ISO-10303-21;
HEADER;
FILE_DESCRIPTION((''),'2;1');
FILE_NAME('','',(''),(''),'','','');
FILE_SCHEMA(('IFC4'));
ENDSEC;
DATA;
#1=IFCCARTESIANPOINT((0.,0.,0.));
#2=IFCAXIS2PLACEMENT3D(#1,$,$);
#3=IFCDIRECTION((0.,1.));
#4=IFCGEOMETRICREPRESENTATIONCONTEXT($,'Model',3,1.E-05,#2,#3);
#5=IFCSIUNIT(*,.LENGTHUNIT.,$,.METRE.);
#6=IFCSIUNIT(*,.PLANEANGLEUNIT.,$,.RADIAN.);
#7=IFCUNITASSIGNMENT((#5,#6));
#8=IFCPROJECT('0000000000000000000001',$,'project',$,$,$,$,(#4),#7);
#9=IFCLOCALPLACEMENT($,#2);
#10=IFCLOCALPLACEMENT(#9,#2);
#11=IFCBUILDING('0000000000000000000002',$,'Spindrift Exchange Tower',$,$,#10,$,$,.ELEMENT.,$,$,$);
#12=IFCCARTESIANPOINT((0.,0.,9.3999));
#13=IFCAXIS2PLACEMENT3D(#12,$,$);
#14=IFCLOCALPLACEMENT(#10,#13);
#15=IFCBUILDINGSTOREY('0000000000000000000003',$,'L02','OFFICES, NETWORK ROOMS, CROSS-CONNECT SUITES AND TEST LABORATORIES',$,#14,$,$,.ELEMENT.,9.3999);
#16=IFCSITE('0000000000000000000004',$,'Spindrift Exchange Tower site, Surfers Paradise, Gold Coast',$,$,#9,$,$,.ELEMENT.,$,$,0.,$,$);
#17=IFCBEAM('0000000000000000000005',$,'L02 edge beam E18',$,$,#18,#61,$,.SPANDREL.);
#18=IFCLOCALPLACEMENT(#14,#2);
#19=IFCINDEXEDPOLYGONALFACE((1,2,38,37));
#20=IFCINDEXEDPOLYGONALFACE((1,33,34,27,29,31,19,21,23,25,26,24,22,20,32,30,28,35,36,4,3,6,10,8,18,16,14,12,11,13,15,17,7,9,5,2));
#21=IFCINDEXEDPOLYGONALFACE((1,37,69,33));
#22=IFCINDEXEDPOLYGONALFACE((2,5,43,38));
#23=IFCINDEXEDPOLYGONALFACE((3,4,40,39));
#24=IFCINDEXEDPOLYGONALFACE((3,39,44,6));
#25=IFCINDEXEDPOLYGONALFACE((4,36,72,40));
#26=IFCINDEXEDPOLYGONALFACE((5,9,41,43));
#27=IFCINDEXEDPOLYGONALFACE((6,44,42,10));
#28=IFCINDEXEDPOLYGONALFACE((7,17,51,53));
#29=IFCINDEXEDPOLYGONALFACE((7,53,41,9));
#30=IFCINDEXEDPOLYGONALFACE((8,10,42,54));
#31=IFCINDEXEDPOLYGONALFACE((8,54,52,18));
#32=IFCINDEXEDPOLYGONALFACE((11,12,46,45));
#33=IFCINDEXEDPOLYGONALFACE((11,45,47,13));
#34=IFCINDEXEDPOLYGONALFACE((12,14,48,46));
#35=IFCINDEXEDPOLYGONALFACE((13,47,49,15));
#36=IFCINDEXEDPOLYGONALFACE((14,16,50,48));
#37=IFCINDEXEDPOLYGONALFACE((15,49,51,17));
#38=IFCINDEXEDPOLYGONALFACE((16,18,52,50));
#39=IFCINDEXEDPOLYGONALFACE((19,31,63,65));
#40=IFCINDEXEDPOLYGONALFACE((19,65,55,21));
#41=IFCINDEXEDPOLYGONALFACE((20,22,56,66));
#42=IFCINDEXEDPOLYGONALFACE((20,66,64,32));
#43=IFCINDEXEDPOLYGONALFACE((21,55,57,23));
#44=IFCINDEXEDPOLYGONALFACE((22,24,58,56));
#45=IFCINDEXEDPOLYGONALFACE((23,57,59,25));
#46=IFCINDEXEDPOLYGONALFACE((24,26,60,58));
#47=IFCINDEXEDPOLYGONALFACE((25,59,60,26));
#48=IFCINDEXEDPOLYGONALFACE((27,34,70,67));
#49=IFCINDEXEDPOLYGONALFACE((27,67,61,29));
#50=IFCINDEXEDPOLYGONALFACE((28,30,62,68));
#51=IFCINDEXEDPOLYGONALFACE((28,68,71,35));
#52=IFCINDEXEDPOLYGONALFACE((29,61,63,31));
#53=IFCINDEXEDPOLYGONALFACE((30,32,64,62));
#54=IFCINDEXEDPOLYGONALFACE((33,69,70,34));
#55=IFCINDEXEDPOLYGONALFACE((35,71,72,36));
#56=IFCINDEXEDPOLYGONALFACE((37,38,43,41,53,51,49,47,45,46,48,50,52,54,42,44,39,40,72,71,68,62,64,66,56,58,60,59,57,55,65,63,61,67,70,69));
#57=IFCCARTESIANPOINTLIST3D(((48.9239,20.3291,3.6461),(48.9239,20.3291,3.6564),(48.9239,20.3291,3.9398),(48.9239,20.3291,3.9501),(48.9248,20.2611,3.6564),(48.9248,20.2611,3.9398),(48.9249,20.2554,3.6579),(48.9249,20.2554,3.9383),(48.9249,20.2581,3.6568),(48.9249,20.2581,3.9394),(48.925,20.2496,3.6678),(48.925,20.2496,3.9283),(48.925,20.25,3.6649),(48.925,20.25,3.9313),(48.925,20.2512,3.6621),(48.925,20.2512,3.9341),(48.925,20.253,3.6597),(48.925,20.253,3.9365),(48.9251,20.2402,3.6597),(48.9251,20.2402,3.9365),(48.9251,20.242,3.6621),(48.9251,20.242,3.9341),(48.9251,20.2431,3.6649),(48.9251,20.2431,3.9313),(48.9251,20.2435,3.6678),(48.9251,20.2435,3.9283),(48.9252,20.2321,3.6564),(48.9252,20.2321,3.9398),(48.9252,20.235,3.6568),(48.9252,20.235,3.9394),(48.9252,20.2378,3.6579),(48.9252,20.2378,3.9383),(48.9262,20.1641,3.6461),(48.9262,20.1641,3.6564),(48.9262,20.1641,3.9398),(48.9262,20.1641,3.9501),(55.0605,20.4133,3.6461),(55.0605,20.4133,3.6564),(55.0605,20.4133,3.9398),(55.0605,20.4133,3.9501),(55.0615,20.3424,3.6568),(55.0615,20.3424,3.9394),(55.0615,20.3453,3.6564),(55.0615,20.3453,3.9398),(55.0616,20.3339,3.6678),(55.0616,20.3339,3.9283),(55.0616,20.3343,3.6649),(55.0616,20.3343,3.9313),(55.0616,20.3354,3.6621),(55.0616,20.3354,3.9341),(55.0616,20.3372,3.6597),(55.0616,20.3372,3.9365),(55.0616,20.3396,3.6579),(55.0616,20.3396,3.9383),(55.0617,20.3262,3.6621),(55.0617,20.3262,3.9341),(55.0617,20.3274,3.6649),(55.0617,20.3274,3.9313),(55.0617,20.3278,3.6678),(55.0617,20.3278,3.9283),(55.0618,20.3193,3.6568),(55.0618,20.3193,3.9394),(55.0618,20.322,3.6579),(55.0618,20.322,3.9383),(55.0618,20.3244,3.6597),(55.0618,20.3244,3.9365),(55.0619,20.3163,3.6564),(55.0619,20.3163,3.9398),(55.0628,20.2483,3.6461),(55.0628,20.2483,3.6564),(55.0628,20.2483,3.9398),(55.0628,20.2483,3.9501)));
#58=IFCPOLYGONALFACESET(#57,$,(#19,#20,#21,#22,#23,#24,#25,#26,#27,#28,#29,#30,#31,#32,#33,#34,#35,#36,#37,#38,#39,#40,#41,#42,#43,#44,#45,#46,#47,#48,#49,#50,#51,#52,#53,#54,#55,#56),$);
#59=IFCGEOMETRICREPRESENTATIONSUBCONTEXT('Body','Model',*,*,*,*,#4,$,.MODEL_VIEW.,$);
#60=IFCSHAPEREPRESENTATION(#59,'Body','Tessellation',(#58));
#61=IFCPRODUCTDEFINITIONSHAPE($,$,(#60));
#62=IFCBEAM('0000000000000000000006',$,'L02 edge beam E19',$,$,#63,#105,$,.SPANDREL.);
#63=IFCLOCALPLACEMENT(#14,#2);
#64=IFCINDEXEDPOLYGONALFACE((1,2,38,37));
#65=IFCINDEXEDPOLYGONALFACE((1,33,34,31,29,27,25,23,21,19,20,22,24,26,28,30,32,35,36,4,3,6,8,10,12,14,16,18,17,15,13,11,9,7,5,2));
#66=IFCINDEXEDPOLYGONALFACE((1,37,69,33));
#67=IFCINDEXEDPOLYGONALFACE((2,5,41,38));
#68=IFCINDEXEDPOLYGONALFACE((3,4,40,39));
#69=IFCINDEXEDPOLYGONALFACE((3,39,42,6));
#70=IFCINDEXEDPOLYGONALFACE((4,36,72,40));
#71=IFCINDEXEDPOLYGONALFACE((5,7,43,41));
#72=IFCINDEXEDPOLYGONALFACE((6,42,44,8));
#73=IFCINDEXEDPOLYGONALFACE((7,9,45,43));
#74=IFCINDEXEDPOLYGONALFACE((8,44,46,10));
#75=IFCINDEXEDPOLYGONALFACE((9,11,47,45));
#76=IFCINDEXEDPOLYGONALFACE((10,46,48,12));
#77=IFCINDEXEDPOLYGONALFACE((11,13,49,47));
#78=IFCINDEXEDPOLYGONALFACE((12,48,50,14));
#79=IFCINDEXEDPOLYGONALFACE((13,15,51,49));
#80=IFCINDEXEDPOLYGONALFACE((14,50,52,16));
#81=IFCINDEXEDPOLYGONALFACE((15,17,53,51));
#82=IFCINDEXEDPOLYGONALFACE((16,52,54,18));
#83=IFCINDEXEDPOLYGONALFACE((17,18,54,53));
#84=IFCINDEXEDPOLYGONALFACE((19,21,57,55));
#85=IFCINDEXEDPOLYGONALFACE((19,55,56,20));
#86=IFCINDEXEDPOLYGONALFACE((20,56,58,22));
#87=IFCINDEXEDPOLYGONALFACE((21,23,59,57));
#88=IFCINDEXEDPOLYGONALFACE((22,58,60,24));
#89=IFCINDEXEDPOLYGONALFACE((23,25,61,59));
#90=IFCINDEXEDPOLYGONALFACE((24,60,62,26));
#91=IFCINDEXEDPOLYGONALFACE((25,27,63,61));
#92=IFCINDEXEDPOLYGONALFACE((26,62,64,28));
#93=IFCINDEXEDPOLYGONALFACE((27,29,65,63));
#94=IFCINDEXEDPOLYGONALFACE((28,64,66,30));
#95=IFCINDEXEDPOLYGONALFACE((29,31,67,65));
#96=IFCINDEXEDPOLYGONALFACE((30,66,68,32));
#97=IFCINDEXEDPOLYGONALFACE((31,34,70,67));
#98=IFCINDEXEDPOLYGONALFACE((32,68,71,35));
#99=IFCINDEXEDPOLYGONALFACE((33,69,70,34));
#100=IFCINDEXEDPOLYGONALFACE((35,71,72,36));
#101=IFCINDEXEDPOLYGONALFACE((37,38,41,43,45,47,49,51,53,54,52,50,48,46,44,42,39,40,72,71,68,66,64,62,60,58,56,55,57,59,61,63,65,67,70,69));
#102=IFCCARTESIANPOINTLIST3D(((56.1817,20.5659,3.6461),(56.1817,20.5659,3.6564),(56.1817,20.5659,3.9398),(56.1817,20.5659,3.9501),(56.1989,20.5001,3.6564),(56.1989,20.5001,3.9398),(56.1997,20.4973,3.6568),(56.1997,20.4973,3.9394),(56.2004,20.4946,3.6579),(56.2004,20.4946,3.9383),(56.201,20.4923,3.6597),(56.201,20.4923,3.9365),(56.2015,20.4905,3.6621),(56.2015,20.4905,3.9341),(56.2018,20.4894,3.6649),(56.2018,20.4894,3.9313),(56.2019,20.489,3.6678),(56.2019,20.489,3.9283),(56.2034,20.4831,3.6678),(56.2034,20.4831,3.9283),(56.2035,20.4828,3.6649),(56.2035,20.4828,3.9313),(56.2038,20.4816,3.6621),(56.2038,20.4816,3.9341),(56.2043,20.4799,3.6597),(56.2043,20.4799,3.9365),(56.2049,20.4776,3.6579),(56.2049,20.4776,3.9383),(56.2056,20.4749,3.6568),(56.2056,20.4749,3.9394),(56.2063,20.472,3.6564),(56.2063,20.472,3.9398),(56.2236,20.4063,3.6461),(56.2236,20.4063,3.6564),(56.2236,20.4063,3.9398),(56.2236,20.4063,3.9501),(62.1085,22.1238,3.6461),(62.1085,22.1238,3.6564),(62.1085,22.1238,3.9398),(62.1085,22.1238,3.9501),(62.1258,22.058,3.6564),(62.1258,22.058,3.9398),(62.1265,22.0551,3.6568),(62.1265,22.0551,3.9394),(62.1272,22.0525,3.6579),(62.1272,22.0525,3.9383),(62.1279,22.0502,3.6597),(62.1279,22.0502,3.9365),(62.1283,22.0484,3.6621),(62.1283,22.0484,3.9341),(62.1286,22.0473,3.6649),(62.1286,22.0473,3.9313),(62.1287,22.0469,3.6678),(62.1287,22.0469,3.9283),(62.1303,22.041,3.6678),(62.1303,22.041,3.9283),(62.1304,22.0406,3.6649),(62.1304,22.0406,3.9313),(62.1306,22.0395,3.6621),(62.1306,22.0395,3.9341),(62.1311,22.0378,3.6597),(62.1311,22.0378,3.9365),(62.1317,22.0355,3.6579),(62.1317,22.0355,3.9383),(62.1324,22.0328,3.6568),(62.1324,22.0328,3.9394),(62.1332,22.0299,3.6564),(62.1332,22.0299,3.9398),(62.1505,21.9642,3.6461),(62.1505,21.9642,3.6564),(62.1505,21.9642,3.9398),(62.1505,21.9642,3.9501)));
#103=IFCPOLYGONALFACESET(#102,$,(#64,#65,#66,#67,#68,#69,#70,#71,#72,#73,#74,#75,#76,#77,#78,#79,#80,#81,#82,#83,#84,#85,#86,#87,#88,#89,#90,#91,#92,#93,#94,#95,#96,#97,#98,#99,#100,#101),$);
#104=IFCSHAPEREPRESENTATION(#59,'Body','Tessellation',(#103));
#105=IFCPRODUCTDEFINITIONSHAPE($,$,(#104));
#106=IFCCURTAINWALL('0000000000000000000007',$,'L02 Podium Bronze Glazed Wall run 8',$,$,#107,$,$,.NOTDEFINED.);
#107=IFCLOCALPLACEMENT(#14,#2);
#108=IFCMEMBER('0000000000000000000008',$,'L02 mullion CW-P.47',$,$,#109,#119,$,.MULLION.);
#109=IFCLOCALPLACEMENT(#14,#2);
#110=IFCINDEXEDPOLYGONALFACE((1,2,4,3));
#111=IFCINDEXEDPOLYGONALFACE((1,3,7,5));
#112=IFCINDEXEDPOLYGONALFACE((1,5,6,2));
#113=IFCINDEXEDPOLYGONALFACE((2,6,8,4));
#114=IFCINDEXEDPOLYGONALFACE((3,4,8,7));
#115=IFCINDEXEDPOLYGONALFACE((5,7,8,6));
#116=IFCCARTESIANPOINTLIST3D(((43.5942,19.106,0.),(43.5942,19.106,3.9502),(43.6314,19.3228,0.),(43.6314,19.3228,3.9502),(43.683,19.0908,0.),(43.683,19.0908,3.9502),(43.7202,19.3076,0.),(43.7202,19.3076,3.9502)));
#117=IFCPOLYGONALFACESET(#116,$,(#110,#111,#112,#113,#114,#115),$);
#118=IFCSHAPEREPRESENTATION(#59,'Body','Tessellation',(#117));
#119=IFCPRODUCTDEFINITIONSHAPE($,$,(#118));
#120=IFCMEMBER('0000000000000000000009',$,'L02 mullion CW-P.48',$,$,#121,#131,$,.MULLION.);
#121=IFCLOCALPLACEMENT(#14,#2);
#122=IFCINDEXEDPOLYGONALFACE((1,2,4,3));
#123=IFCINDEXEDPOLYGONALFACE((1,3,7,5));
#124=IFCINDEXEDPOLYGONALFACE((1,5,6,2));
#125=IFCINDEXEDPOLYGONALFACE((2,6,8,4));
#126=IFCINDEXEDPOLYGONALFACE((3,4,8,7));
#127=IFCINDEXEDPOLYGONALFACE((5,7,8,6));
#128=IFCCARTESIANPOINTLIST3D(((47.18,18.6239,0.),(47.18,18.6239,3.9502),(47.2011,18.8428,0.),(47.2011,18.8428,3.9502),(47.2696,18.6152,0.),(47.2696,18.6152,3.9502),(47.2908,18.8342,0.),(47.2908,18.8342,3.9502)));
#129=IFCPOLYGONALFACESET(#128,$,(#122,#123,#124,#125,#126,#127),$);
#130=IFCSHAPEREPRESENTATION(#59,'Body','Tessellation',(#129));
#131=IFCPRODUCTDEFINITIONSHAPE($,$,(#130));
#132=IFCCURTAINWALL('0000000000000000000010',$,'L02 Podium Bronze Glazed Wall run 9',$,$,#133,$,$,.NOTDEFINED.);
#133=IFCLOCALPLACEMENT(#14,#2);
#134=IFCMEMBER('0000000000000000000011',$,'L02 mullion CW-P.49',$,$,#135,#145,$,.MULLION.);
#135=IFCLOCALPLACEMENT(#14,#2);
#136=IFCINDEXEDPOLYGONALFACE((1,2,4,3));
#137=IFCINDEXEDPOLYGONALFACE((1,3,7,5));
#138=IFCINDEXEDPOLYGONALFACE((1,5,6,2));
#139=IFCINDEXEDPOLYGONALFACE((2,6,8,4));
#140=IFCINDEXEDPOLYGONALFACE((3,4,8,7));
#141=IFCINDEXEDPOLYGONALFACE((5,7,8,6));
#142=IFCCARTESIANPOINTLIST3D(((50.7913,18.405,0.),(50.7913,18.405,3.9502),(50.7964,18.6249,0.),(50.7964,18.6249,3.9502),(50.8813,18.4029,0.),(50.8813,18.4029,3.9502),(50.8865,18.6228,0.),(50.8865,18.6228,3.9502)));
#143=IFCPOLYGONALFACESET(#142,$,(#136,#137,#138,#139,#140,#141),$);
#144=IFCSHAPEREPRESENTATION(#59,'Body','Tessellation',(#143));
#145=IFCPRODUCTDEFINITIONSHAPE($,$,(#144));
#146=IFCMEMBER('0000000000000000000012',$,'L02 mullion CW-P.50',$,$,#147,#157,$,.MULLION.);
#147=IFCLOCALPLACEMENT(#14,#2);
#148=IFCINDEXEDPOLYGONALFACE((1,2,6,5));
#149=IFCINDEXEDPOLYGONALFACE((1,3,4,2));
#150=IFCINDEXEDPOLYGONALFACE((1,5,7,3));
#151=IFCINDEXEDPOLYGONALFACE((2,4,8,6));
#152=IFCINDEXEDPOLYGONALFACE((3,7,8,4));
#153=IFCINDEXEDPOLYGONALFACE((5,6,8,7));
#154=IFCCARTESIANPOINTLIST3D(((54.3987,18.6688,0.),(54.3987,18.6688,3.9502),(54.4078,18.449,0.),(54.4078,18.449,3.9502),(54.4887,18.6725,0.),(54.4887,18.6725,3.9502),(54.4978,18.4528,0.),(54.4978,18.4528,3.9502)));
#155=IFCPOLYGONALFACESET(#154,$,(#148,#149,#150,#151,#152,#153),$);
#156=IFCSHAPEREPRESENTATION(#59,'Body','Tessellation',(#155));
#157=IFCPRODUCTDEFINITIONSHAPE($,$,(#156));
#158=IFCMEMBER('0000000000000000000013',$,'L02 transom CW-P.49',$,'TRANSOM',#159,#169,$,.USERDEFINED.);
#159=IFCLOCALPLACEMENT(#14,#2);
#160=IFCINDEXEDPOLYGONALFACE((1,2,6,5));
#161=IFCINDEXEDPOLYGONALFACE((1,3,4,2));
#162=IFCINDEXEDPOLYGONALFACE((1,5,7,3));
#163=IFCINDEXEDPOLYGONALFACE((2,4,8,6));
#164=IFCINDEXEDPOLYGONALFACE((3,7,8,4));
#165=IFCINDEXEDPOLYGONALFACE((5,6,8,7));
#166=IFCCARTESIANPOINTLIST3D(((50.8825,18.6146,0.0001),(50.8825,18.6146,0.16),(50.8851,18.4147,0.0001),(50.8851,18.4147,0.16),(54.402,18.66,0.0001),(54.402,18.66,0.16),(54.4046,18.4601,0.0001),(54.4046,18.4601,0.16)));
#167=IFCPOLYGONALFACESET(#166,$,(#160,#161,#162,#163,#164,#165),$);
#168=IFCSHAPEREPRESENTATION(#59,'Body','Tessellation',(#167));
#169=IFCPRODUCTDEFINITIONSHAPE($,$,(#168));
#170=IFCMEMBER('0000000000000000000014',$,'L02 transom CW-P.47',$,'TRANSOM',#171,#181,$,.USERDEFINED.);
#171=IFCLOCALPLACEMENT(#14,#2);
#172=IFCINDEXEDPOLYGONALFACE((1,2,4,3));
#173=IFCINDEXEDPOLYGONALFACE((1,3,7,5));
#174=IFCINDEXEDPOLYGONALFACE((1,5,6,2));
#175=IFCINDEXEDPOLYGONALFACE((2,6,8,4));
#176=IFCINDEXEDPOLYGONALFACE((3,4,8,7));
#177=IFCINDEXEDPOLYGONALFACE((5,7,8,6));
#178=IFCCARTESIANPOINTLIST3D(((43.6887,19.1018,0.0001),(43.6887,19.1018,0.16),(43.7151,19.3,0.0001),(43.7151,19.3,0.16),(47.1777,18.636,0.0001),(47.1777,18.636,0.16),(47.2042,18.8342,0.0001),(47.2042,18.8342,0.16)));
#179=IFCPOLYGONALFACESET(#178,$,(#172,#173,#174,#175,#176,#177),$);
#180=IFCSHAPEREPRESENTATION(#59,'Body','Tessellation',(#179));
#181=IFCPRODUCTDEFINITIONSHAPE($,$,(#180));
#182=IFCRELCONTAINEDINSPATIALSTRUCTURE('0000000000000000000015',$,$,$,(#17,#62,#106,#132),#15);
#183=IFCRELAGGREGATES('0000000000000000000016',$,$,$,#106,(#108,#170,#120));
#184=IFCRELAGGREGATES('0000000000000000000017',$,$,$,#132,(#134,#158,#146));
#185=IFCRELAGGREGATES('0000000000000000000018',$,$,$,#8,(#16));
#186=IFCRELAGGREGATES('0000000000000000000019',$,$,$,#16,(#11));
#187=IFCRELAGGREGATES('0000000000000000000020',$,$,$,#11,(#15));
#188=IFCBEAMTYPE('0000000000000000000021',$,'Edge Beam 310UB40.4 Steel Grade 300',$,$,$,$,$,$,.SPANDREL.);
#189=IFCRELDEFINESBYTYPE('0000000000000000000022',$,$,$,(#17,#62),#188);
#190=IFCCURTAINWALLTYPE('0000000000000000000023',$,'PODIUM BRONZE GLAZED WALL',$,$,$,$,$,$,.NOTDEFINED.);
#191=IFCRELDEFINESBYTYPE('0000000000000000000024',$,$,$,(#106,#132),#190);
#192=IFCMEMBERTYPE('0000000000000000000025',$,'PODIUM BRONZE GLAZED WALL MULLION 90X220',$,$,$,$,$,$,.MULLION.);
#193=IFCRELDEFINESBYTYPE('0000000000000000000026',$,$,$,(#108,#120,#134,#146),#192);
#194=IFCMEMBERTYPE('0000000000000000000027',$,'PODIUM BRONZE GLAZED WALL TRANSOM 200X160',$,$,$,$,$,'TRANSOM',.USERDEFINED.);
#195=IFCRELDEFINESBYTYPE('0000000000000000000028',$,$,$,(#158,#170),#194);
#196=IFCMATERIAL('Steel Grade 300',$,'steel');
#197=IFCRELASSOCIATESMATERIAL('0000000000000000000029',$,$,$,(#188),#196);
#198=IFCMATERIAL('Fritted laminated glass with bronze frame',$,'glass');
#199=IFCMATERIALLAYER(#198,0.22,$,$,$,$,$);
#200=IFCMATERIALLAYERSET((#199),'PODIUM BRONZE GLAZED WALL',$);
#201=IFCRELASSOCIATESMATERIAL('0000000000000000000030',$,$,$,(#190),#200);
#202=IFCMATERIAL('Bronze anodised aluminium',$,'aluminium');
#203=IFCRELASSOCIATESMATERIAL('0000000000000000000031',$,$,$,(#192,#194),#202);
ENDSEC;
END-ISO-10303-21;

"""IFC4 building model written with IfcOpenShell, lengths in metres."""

from ifc_helpers import new_model, si_unit, direction, frame, origin, origin_2d, place, context, subcontext, project, spatial, rectangle, i_section, extrude, source, transform, mapped, material, layer, layer_set, material_profile, profile_set, type_object, element, aggregate, save


model = new_model("IFC4")

# Units and contexts
model_context = context("Model", 3, precision=1e-05, world=origin(), true_north=direction((0.0, 1.0)))
body_context = subcontext(model_context, "Body", "Model", "MODEL_VIEW")
ifc_project = project(units=[si_unit("LENGTHUNIT", "METRE"), si_unit("PLANEANGLEUNIT", "RADIAN")], contexts=[model_context])

# Site, building, storey
site_placement = place(None, origin())
site = spatial("IfcSite", under=ifc_project, at=site_placement, Name="Spindrift Exchange Tower site, Surfers Paradise, Gold Coast", CompositionType="ELEMENT", RefElevation=0.0)
building_placement = place(site_placement, origin())
building = spatial("IfcBuilding", under=site, at=building_placement, Name="Spindrift Exchange Tower", CompositionType="ELEMENT")
storey_placement = place(building_placement, frame((0.0, 0.0, 9.3999)))
storey = spatial("IfcBuildingStorey", under=building, at=storey_placement, Name="L02", Description="OFFICES, NETWORK ROOMS, CROSS-CONNECT SUITES AND TEST LABORATORIES", CompositionType="ELEMENT", Elevation=9.3999)

# Beams
ifc_material_1 = material(Name="Steel Grade 300", Category="steel")
ifc_material_profile_1 = material_profile(ifc_material_1, i_section(OverallWidth=0.165, OverallDepth=0.304, WebThickness=0.0061, FlangeThickness=0.0103, FilletRadius=0.0115, at=origin_2d()), Name="310UB40.4")
ifc_profile_set_1 = profile_set([ifc_material_profile_1], Name="Steel Grade 300")
beam_type_1 = type_object("IfcBeamType", Name="Edge Beam 310UB40.4 Steel Grade 300", PredefinedType="SPANDREL", material=ifc_profile_set_1)
shared_shape_1 = source(origin(), body_context, "Body", "SweptSolid", [
    extrude(i_section(OverallWidth=0.165, OverallDepth=0.304, WebThickness=0.0061, FlangeThickness=0.0103, FilletRadius=0.0115, at=origin_2d()), origin(), (0.0, 0.0, 1.0), 6.1372),
])
beam_1_placement = place(storey_placement, frame((48.925, 20.2466, 3.7981), z_axis=(0.999906, 0.013724, 0.0), x_axis=(-0.013724, 0.999906, 0.0)))
element("IfcBeam", 1, at=beam_1_placement, inside=storey, type_object=beam_type_1, Name="L02 edge beam E18", PredefinedType="SPANDREL", context=body_context, shape_type="MappedRepresentation", body=[
    mapped(shared_shape_1, transform((0.0, 0.0, 0.0), scale=1.0)),
])
shared_shape_2 = source(origin(), body_context, "Body", "SweptSolid", [
    extrude(i_section(OverallWidth=0.165, OverallDepth=0.304, WebThickness=0.0061, FlangeThickness=0.0103, FilletRadius=0.0115, at=origin_2d()), origin(), (0.0, 0.0, 1.0), 6.1282),
])
beam_2_placement = place(storey_placement, frame((56.2026, 20.4861, 3.7981), z_axis=(0.967147, 0.254217, 0.0), x_axis=(-0.254217, 0.967147, 0.0)))
element("IfcBeam", 2, at=beam_2_placement, inside=storey, type_object=beam_type_1, Name="L02 edge beam E19", PredefinedType="SPANDREL", context=body_context, shape_type="MappedRepresentation", body=[
    mapped(shared_shape_2, transform((0.0, 0.0, 0.0), scale=1.0)),
])

# Curtain walls, members
ifc_material_2 = material(Name="Fritted laminated glass with bronze frame", Category="glass")
ifc_layer_1 = layer(ifc_material_2, 0.22)
ifc_layer_set_1 = layer_set([ifc_layer_1], Name="PODIUM BRONZE GLAZED WALL")
curtain_wall_type = type_object("IfcCurtainWallType", Name="PODIUM BRONZE GLAZED WALL", PredefinedType="NOTDEFINED", material=ifc_layer_set_1)
curtain_wall_1_placement = place(storey_placement, origin())
curtain_wall_1 = element("IfcCurtainWall", 3, at=curtain_wall_1_placement, inside=storey, type_object=curtain_wall_type, Name="L02 Podium Bronze Glazed Wall run 8", PredefinedType="NOTDEFINED")
ifc_material_3 = material(Name="Bronze anodised aluminium", Category="aluminium")
ifc_material_profile_2 = material_profile(ifc_material_3, rectangle(XDim=0.0901, YDim=0.22, at=origin_2d()), Name="PODIUM BRONZE GLAZED WALL MULLION 90X220")
ifc_profile_set_2 = profile_set([ifc_material_profile_2], Name="Bronze anodised aluminium")
member_type_1 = type_object("IfcMemberType", Name="PODIUM BRONZE GLAZED WALL MULLION 90X220", PredefinedType="MULLION", material=ifc_profile_set_2)
shared_shape_3 = source(origin(), body_context, "Body", "SweptSolid", [
    extrude(rectangle(XDim=0.0901, YDim=0.22, at=origin_2d()), origin(), (0.0, 0.0, 1.0), 3.9502),
])
member_1_placement = place(storey_placement, frame((43.6572, 19.2068, 0.0), z_axis=(0.0, 0.0, 1.0), x_axis=(0.985577, -0.169228, 0.0)))
member_1 = element("IfcMember", 4, at=member_1_placement, type_object=member_type_1, Name="L02 mullion CW-P.47", PredefinedType="MULLION", context=body_context, shape_type="MappedRepresentation", body=[
    mapped(shared_shape_3, transform((0.0, 0.0, 0.0), scale=1.0)),
])
member_2_placement = place(storey_placement, frame((47.2354, 18.729, 0.0), z_axis=(0.0, 0.0, 1.0), x_axis=(0.995378, -0.096038, 0.0)))
member_2 = element("IfcMember", 5, at=member_2_placement, type_object=member_type_1, Name="L02 mullion CW-P.48", PredefinedType="MULLION", context=body_context, shape_type="MappedRepresentation", body=[
    mapped(shared_shape_3, transform((0.0, 0.0, 0.0), scale=1.0)),
])
curtain_wall_2_placement = place(storey_placement, origin())
curtain_wall_2 = element("IfcCurtainWall", 6, at=curtain_wall_2_placement, inside=storey, type_object=curtain_wall_type, Name="L02 Podium Bronze Glazed Wall run 9", PredefinedType="NOTDEFINED")
member_3_placement = place(storey_placement, frame((50.8389, 18.5139, 0.0), z_axis=(0.0, 0.0, 1.0), x_axis=(0.999728, -0.023341, 0.0)))
member_3 = element("IfcMember", 7, at=member_3_placement, type_object=member_type_1, Name="L02 mullion CW-P.49", PredefinedType="MULLION", context=body_context, shape_type="MappedRepresentation", body=[
    mapped(shared_shape_3, transform((0.0, 0.0, 0.0), scale=1.0)),
])
member_4_placement = place(storey_placement, frame((54.4482, 18.5608, 0.0), z_axis=(0.0, 0.0, 1.0), x_axis=(0.999142, 0.04142, 0.0)))
member_4 = element("IfcMember", 8, at=member_4_placement, type_object=member_type_1, Name="L02 mullion CW-P.50", PredefinedType="MULLION", context=body_context, shape_type="MappedRepresentation", body=[
    mapped(shared_shape_3, transform((0.0, 0.0, 0.0), scale=1.0)),
])
ifc_material_profile_3 = material_profile(ifc_material_3, rectangle(XDim=0.2, YDim=0.1599, at=origin_2d()), Name="PODIUM BRONZE GLAZED WALL TRANSOM 200X160")
ifc_profile_set_3 = profile_set([ifc_material_profile_3], Name="Bronze anodised aluminium")
member_type_2 = type_object("IfcMemberType", Name="PODIUM BRONZE GLAZED WALL TRANSOM 200X160", ElementType="TRANSOM", PredefinedType="USERDEFINED", material=ifc_profile_set_3)
shared_shape_4 = source(origin(), body_context, "Body", "SweptSolid", [
    extrude(rectangle(XDim=0.2, YDim=0.1599, at=origin_2d()), origin(), (0.0, 0.0, 1.0), 3.5198),
])
member_5_placement = place(storey_placement, frame((50.8838, 18.5146, 0.0801), z_axis=(0.999917, 0.012901, 0.0), x_axis=(-0.012901, 0.999917, 0.0)))
member_5 = element("IfcMember", 9, at=member_5_placement, type_object=member_type_2, Name="L02 transom CW-P.49", ObjectType="TRANSOM", PredefinedType="USERDEFINED", context=body_context, shape_type="MappedRepresentation", body=[
    mapped(shared_shape_4, transform((0.0, 0.0, 0.0), scale=1.0)),
])

# Member
shared_shape_5 = source(origin(), body_context, "Body", "SweptSolid", [
    extrude(rectangle(XDim=0.2, YDim=0.1599, at=origin_2d()), origin(), (0.0, 0.0, 1.0), 3.52),
])
member_6_placement = place(storey_placement, frame((43.7019, 19.2009, 0.0801), z_axis=(0.991205, -0.132336, 0.0), x_axis=(0.132336, 0.991205, 0.0)))
member_6 = element("IfcMember", 10, at=member_6_placement, type_object=member_type_2, Name="L02 transom CW-P.47", ObjectType="TRANSOM", PredefinedType="USERDEFINED", context=body_context, shape_type="MappedRepresentation", body=[
    mapped(shared_shape_5, transform((0.0, 0.0, 0.0), scale=1.0)),
])

aggregate(curtain_wall_1, [member_1, member_6, member_2])
aggregate(curtain_wall_2, [member_3, member_5, member_4])

save(model, "model.ifc")
